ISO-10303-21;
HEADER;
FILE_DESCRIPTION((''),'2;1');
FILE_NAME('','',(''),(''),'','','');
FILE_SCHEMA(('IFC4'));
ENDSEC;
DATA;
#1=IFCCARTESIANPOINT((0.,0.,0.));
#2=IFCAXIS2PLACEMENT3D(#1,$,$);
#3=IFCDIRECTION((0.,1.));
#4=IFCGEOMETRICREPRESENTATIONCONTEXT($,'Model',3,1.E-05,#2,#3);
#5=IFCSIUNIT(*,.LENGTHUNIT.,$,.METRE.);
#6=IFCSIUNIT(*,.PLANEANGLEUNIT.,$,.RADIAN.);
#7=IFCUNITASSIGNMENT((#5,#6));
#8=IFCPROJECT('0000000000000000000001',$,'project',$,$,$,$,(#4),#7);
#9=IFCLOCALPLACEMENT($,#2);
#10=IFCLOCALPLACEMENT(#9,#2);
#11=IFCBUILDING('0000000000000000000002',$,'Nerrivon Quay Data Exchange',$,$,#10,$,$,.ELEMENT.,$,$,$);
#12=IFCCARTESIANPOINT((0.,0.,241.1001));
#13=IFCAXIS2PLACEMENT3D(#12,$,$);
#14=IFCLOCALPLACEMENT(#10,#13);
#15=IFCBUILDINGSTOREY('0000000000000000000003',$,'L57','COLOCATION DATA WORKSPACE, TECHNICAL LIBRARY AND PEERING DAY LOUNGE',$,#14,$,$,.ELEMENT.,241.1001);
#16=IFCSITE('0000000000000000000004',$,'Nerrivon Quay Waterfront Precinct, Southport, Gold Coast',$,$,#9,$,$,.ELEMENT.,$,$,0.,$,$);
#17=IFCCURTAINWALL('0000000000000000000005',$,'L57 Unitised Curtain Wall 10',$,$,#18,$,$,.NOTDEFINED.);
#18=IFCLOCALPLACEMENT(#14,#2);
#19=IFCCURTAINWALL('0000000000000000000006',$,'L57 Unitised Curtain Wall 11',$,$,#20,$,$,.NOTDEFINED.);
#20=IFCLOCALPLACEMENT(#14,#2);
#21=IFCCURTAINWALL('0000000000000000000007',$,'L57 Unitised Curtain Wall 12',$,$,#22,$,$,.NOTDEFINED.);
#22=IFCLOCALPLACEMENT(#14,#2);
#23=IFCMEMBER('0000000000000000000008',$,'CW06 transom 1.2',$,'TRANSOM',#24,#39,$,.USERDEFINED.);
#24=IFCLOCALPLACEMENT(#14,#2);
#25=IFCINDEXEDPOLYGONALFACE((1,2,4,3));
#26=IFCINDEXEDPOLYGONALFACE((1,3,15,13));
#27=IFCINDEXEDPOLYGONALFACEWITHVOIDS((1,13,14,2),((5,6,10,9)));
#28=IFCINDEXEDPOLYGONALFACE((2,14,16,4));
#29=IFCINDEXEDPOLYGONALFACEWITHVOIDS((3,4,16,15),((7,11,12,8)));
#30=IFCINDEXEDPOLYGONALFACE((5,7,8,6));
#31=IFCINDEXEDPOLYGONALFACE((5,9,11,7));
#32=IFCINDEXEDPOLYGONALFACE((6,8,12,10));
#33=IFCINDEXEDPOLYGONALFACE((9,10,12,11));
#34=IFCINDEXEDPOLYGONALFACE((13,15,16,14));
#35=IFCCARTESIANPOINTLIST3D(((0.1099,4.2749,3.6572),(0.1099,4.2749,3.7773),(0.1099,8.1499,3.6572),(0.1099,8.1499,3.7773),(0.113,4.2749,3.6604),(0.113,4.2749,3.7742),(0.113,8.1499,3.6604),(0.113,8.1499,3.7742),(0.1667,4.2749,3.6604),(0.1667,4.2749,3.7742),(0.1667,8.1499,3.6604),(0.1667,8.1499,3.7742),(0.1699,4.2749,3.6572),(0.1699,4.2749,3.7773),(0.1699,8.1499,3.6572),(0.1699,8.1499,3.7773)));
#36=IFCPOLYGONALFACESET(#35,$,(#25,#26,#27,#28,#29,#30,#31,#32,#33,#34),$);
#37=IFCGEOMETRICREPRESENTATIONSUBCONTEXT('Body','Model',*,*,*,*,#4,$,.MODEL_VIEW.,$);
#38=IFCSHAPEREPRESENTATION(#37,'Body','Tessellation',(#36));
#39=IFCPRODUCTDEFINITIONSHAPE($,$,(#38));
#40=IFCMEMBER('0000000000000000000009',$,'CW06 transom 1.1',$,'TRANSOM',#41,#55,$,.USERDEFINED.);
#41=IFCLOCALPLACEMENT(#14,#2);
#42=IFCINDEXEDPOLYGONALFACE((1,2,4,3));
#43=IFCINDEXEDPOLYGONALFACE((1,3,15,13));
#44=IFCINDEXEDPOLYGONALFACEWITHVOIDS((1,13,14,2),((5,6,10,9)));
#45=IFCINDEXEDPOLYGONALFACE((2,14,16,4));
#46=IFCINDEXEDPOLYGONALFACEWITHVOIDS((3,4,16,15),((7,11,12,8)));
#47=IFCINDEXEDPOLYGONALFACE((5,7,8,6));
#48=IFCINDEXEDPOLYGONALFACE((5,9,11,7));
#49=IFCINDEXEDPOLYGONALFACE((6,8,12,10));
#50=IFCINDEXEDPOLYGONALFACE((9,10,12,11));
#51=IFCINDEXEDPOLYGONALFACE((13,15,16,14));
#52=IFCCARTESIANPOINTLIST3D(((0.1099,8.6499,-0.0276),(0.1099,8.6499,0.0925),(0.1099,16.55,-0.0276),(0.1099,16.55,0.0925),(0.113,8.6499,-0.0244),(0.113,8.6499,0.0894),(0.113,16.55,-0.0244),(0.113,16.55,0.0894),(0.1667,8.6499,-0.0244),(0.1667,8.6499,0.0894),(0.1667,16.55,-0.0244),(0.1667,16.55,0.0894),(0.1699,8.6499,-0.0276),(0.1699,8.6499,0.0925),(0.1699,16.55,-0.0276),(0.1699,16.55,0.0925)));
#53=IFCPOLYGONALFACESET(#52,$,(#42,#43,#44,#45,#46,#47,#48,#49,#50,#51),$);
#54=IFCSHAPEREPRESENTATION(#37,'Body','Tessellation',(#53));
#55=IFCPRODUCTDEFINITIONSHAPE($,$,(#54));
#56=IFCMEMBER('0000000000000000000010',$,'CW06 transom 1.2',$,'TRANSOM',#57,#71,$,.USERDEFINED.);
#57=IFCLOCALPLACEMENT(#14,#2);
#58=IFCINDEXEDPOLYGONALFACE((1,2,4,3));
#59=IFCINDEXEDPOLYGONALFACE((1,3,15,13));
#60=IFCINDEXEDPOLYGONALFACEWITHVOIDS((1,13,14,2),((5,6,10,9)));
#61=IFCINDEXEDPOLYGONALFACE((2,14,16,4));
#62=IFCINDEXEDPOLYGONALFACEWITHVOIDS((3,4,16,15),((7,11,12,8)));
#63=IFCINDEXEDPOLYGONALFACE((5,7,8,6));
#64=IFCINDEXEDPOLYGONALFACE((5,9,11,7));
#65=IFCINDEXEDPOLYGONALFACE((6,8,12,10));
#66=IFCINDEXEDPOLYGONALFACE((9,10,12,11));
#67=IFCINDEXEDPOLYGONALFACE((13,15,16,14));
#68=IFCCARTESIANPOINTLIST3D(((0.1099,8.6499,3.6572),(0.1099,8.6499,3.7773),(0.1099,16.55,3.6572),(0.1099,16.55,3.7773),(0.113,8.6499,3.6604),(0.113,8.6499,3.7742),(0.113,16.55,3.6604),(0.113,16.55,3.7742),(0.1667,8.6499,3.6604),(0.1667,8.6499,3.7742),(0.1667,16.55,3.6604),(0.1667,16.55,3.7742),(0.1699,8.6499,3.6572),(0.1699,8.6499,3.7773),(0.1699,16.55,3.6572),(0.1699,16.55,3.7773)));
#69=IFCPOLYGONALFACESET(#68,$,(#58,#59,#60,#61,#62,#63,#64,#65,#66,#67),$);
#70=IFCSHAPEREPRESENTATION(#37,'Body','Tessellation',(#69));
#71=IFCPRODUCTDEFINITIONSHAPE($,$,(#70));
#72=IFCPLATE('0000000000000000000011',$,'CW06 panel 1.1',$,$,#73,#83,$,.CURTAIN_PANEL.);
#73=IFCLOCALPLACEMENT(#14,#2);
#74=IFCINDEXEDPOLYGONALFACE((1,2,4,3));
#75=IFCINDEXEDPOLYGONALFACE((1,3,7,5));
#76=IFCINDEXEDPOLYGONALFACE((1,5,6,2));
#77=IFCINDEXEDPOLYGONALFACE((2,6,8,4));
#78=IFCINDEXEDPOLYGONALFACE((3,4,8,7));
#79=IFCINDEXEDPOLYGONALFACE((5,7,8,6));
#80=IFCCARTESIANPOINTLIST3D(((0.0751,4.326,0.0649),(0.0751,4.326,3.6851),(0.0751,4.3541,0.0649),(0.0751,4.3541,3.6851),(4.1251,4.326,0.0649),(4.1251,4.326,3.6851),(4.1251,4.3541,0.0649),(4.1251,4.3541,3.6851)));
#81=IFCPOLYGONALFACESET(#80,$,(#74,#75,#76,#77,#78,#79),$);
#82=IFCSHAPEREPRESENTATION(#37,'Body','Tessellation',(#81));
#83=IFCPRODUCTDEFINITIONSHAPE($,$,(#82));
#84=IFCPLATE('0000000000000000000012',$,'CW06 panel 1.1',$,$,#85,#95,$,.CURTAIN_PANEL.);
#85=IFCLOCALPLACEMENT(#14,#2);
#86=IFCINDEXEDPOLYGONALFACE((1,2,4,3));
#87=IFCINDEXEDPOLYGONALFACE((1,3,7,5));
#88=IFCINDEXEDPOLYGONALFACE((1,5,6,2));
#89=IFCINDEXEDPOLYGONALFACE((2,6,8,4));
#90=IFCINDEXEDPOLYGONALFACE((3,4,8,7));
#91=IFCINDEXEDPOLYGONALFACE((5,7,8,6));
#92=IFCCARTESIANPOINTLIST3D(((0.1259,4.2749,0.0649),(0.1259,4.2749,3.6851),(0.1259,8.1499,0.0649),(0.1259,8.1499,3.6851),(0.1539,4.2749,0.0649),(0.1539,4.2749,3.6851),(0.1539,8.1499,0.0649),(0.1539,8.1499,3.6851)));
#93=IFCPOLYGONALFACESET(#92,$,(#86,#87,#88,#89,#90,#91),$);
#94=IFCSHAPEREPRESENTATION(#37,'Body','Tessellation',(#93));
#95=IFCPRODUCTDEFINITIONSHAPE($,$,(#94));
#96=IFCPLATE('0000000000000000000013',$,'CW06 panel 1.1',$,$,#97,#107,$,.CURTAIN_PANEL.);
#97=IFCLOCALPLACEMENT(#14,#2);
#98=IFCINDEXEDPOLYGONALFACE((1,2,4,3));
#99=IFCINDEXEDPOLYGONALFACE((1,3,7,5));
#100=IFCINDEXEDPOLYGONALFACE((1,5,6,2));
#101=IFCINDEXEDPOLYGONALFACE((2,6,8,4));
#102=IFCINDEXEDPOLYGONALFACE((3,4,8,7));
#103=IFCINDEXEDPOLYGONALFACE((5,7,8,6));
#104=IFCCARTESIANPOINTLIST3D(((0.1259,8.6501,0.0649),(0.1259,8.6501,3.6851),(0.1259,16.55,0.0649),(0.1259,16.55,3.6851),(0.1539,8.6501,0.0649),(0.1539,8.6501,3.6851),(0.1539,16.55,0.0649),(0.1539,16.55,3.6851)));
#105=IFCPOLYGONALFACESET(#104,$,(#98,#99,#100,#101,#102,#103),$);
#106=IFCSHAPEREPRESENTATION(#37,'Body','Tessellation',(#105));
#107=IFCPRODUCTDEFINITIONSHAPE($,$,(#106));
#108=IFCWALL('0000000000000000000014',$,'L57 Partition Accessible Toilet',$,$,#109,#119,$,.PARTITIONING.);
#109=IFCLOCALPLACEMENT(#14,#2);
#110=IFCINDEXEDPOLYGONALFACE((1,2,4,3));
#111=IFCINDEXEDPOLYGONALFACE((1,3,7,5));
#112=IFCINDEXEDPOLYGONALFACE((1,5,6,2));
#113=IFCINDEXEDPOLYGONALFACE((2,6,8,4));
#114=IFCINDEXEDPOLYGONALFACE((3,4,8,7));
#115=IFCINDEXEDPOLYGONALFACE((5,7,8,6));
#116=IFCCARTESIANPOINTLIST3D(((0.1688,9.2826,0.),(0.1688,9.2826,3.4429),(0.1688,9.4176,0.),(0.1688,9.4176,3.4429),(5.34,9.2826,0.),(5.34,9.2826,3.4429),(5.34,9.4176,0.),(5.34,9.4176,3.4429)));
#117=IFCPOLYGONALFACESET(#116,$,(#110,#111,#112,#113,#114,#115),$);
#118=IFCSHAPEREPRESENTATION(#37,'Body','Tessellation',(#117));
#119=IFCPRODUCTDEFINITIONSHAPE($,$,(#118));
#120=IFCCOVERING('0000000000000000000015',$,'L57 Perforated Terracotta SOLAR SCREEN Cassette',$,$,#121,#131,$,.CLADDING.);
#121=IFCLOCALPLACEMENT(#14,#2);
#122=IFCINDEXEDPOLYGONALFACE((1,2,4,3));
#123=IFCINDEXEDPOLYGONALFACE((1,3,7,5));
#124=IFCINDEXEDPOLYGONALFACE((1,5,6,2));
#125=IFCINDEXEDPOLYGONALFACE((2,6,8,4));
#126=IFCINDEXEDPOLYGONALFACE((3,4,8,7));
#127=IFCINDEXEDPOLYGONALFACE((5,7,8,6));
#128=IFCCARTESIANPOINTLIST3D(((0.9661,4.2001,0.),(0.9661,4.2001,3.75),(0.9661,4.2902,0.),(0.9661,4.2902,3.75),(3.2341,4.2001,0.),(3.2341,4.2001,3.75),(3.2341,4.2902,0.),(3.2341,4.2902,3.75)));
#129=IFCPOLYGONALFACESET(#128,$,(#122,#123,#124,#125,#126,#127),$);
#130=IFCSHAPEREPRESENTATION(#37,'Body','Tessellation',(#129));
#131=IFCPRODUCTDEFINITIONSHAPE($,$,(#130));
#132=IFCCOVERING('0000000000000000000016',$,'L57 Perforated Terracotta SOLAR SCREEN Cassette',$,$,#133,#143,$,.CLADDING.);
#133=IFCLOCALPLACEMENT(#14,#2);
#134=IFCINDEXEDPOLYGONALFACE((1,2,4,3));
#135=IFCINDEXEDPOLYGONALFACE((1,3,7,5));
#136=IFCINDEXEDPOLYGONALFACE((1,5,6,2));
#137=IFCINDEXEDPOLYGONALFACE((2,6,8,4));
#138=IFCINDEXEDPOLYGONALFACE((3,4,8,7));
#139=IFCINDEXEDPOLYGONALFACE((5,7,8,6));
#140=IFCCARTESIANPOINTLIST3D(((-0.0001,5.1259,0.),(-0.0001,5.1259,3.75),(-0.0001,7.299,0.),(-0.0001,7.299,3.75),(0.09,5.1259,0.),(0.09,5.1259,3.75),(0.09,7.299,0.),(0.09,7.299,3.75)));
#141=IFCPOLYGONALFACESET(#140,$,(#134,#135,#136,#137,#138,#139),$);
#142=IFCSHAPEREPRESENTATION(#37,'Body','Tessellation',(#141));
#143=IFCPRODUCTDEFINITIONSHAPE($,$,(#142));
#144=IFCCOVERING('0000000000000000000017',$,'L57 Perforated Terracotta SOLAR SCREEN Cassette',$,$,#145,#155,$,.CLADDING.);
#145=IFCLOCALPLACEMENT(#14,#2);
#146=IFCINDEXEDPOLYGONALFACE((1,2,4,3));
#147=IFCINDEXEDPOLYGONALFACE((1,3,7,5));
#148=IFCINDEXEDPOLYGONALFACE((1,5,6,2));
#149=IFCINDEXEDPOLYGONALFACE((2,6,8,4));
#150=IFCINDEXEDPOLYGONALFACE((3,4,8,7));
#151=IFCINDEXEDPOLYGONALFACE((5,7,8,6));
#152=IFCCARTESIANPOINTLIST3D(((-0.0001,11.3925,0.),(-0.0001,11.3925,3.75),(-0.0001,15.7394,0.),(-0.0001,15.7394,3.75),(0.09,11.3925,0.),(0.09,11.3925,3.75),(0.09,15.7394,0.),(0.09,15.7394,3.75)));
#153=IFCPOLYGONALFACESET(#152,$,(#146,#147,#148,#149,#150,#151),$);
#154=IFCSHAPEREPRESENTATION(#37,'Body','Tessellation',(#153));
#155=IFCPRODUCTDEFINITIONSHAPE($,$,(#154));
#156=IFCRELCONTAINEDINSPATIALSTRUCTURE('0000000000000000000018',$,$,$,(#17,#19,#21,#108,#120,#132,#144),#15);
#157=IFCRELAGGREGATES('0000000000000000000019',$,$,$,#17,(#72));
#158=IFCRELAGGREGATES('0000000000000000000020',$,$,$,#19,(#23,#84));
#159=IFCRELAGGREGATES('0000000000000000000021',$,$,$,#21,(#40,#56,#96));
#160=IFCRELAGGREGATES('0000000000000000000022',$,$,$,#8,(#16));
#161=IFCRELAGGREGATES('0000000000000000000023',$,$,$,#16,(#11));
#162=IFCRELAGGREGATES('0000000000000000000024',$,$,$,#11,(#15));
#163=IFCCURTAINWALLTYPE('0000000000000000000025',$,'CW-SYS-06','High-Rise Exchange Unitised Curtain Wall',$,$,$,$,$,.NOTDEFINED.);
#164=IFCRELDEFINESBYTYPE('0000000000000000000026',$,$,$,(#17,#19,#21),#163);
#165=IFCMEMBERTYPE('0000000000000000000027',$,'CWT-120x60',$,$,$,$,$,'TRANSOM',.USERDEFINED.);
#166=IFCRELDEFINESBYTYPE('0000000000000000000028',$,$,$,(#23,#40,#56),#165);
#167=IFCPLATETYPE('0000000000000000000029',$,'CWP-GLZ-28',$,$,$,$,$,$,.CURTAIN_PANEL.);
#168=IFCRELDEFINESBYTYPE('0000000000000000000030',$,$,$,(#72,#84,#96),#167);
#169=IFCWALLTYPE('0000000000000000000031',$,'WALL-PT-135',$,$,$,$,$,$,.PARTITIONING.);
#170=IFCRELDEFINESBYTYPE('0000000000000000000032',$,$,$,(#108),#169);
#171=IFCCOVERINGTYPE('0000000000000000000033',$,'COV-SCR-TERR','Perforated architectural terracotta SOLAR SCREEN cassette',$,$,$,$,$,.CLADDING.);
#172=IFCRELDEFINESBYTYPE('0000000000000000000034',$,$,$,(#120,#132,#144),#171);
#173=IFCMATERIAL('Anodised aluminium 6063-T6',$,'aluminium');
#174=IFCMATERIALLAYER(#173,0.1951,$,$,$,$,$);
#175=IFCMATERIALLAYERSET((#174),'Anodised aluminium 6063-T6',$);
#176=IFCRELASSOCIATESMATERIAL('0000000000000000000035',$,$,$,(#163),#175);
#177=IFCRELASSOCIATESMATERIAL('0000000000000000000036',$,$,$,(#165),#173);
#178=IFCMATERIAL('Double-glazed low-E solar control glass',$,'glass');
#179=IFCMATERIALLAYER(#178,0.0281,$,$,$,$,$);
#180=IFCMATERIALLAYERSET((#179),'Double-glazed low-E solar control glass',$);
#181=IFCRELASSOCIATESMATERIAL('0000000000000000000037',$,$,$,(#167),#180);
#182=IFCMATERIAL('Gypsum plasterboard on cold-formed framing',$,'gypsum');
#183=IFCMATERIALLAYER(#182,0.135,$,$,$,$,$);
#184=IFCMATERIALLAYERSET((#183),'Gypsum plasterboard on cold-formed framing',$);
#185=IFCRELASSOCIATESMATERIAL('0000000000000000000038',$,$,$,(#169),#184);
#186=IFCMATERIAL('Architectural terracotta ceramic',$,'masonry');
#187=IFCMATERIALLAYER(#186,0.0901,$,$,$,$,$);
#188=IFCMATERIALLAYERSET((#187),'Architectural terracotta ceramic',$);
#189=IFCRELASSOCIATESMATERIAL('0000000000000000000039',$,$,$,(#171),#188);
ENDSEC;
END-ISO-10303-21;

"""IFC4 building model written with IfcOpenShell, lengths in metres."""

from ifc_helpers import new_model, si_unit, direction, frame, frame_2d, origin, origin_2d, place, context, subcontext, project, spatial, rectangle, hollow_rectangle, extrude, material, layer, layer_set, material_profile, profile_set, type_object, element, aggregate, save


model = new_model("IFC4")

# Units and contexts
model_context = context("Model", 3, precision=1e-05, world=origin(), true_north=direction((0.0, 1.0)))
body_context = subcontext(model_context, "Body", "Model", "MODEL_VIEW")
ifc_project = project(units=[si_unit("LENGTHUNIT", "METRE"), si_unit("PLANEANGLEUNIT", "RADIAN")], contexts=[model_context])

# Site, building, storey
site_placement = place(None, origin())
site = spatial("IfcSite", under=ifc_project, at=site_placement, Name="Nerrivon Quay Waterfront Precinct, Southport, Gold Coast", CompositionType="ELEMENT", RefElevation=0.0)
building_placement = place(site_placement, origin())
building = spatial("IfcBuilding", under=site, at=building_placement, Name="Nerrivon Quay Data Exchange", CompositionType="ELEMENT")
storey_placement = place(building_placement, frame((0.0, 0.0, 241.1001)))
storey = spatial("IfcBuildingStorey", under=building, at=storey_placement, Name="L57", Description="COLOCATION DATA WORKSPACE, TECHNICAL LIBRARY AND PEERING DAY LOUNGE", CompositionType="ELEMENT", Elevation=241.1001)

# Curtain wall
ifc_material_1 = material(Name="Anodised aluminium 6063-T6", Category="aluminium")
ifc_layer_1 = layer(ifc_material_1, 0.1951)
ifc_layer_set_1 = layer_set([ifc_layer_1], Name="Anodised aluminium 6063-T6")
curtain_wall_type = type_object("IfcCurtainWallType", Name="CW-SYS-06", Description="High-Rise Exchange Unitised Curtain Wall", PredefinedType="NOTDEFINED", material=ifc_layer_set_1)
curtain_wall_1_placement = place(storey_placement, origin())
curtain_wall_1 = element("IfcCurtainWall", 1, at=curtain_wall_1_placement, inside=storey, type_object=curtain_wall_type, Name="L57 Unitised Curtain Wall 10", PredefinedType="NOTDEFINED")

# Curtain walls
curtain_wall_2_placement = place(storey_placement, origin())
curtain_wall_2 = element("IfcCurtainWall", 2, at=curtain_wall_2_placement, inside=storey, type_object=curtain_wall_type, Name="L57 Unitised Curtain Wall 11", PredefinedType="NOTDEFINED")
curtain_wall_3_placement = place(storey_placement, origin())
curtain_wall_3 = element("IfcCurtainWall", 3, at=curtain_wall_3_placement, inside=storey, type_object=curtain_wall_type, Name="L57 Unitised Curtain Wall 12", PredefinedType="NOTDEFINED")

# Members
ifc_material_profile_1 = material_profile(ifc_material_1, hollow_rectangle(XDim=0.0601, YDim=0.1201, WallThickness=0.0032, at=origin_2d()), Name="ALU-TRAN-120x60")
ifc_profile_set_1 = profile_set([ifc_material_profile_1], Name="Anodised aluminium 6063-T6")
member_type_1 = type_object("IfcMemberType", Name="CWT-120x60", ElementType="TRANSOM", PredefinedType="USERDEFINED", material=ifc_profile_set_1)
member_1_placement = place(storey_placement, frame((0.1399, 4.2749, 3.7173), z_axis=(0.0, 1.0, 0.0), x_axis=(-1.0, 0.0, 0.0)))
member_1 = element("IfcMember", 4, at=member_1_placement, type_object=member_type_1, Name="CW06 transom 1.2", ObjectType="TRANSOM", PredefinedType="USERDEFINED", context=body_context, shape_type="SweptSolid", body=[
    extrude(hollow_rectangle(XDim=0.0601, YDim=0.1201, WallThickness=0.0032, at=origin_2d()), origin(), (0.0, 0.0, 1.0), 3.875),
])
member_2_placement = place(storey_placement, frame((0.1399, 8.6499, 0.0325), z_axis=(0.0, 1.0, 0.0), x_axis=(-1.0, 0.0, 0.0)))
member_2 = element("IfcMember", 5, at=member_2_placement, type_object=member_type_1, Name="CW06 transom 1.1", ObjectType="TRANSOM", PredefinedType="USERDEFINED", context=body_context, shape_type="SweptSolid", body=[
    extrude(hollow_rectangle(XDim=0.0601, YDim=0.1201, WallThickness=0.0032, at=origin_2d()), origin(), (0.0, 0.0, 1.0), 7.9001),
])
member_3_placement = place(storey_placement, frame((0.1399, 8.6499, 3.7173), z_axis=(0.0, 1.0, 0.0), x_axis=(-1.0, 0.0, 0.0)))
member_3 = element("IfcMember", 6, at=member_3_placement, type_object=member_type_1, Name="CW06 transom 1.2", ObjectType="TRANSOM", PredefinedType="USERDEFINED", context=body_context, shape_type="SweptSolid", body=[
    extrude(hollow_rectangle(XDim=0.0601, YDim=0.1201, WallThickness=0.0032, at=origin_2d()), origin(), (0.0, 0.0, 1.0), 7.9001),
])

# Plates
ifc_material_2 = material(Name="Double-glazed low-E solar control glass", Category="glass")
ifc_layer_2 = layer(ifc_material_2, 0.0281)
ifc_layer_set_2 = layer_set([ifc_layer_2], Name="Double-glazed low-E solar control glass")
plate_type = type_object("IfcPlateType", Name="CWP-GLZ-28", PredefinedType="CURTAIN_PANEL", material=ifc_layer_set_2)
plate_1_placement = place(storey_placement, frame((2.1001, 4.3401, 0.0649), z_axis=(0.0, 0.0, 1.0), x_axis=(-1.0, 0.0, 0.0)))
plate_1 = element("IfcPlate", 7, at=plate_1_placement, type_object=plate_type, Name="CW06 panel 1.1", PredefinedType="CURTAIN_PANEL", context=body_context, shape_type="SweptSolid", body=[
    extrude(rectangle(XDim=4.05, YDim=0.0281, at=origin_2d()), origin(), (0.0, 0.0, 1.0), 3.6201),
])
aggregate(curtain_wall_1, [plate_1])
plate_2_placement = place(storey_placement, frame((0.1399, 6.2124, 0.0649), z_axis=(0.0, 0.0, 1.0), x_axis=(0.0, 1.0, 0.0)))
plate_2 = element("IfcPlate", 8, at=plate_2_placement, type_object=plate_type, Name="CW06 panel 1.1", PredefinedType="CURTAIN_PANEL", context=body_context, shape_type="SweptSolid", body=[
    extrude(rectangle(XDim=3.875, YDim=0.0281, at=origin_2d()), origin(), (0.0, 0.0, 1.0), 3.6201),
])
aggregate(curtain_wall_2, [member_1, plate_2])
plate_3_placement = place(storey_placement, frame((0.1399, 12.6001, 0.0649), z_axis=(0.0, 0.0, 1.0), x_axis=(0.0, 1.0, 0.0)))
plate_3 = element("IfcPlate", 9, at=plate_3_placement, type_object=plate_type, Name="CW06 panel 1.1", PredefinedType="CURTAIN_PANEL", context=body_context, shape_type="SweptSolid", body=[
    extrude(rectangle(XDim=7.8999, YDim=0.0281, at=origin_2d()), origin(), (0.0, 0.0, 1.0), 3.6201),
])
aggregate(curtain_wall_3, [member_2, member_3, plate_3])

# Wall
ifc_material_3 = material(Name="Gypsum plasterboard on cold-formed framing", Category="gypsum")
ifc_layer_3 = layer(ifc_material_3, 0.135)
ifc_layer_set_3 = layer_set([ifc_layer_3], Name="Gypsum plasterboard on cold-formed framing")
wall_type = type_object("IfcWallType", Name="WALL-PT-135", PredefinedType="PARTITIONING", material=ifc_layer_set_3)
wall_placement = place(storey_placement, frame((0.1689, 9.3501, 0.0), z_axis=(0.0, 0.0, 1.0), x_axis=(1.0, 0.0, 0.0)))
element("IfcWall", 10, at=wall_placement, inside=storey, type_object=wall_type, Name="L57 Partition Accessible Toilet", PredefinedType="PARTITIONING", context=body_context, shape_type="SweptSolid", body=[
    extrude(rectangle(XDim=5.1711, YDim=0.135, at=frame_2d((2.5854, 0.0))), origin(), (0.0, 0.0, 1.0), 3.4429),
])

# Coverings
ifc_material_4 = material(Name="Architectural terracotta ceramic", Category="masonry")
ifc_layer_4 = layer(ifc_material_4, 0.0901)
ifc_layer_set_4 = layer_set([ifc_layer_4], Name="Architectural terracotta ceramic")
covering_type = type_object("IfcCoveringType", Name="COV-SCR-TERR", Description="Perforated architectural terracotta SOLAR SCREEN cassette", PredefinedType="CLADDING", material=ifc_layer_set_4)
covering_1_placement = place(storey_placement, frame((2.1001, 4.2451, 0.0), z_axis=(0.0, 0.0, 1.0), x_axis=(-1.0, 0.0, 0.0)))
element("IfcCovering", 11, at=covering_1_placement, inside=storey, type_object=covering_type, Name="L57 Perforated Terracotta SOLAR SCREEN Cassette", PredefinedType="CLADDING", context=body_context, shape_type="SweptSolid", body=[
    extrude(rectangle(XDim=2.2681, YDim=0.0901, at=origin_2d()), origin(), (0.0, 0.0, 1.0), 3.75),
])
covering_2_placement = place(storey_placement, frame((0.0449, 6.2124, 0.0), z_axis=(0.0, 0.0, 1.0), x_axis=(0.0, 1.0, 0.0)))
element("IfcCovering", 12, at=covering_2_placement, inside=storey, type_object=covering_type, Name="L57 Perforated Terracotta SOLAR SCREEN Cassette", PredefinedType="CLADDING", context=body_context, shape_type="SweptSolid", body=[
    extrude(rectangle(XDim=2.1731, YDim=0.0901, at=origin_2d()), origin(), (0.0, 0.0, 1.0), 3.75),
])
covering_3_placement = place(storey_placement, frame((0.0449, 13.5659, 0.0), z_axis=(0.0, 0.0, 1.0), x_axis=(0.0, 1.0, 0.0)))
element("IfcCovering", 13, at=covering_3_placement, inside=storey, type_object=covering_type, Name="L57 Perforated Terracotta SOLAR SCREEN Cassette", PredefinedType="CLADDING", context=body_context, shape_type="SweptSolid", body=[
    extrude(rectangle(XDim=4.3469, YDim=0.0901, at=origin_2d()), origin(), (0.0, 0.0, 1.0), 3.75),
])

save(model, "model.ifc")
